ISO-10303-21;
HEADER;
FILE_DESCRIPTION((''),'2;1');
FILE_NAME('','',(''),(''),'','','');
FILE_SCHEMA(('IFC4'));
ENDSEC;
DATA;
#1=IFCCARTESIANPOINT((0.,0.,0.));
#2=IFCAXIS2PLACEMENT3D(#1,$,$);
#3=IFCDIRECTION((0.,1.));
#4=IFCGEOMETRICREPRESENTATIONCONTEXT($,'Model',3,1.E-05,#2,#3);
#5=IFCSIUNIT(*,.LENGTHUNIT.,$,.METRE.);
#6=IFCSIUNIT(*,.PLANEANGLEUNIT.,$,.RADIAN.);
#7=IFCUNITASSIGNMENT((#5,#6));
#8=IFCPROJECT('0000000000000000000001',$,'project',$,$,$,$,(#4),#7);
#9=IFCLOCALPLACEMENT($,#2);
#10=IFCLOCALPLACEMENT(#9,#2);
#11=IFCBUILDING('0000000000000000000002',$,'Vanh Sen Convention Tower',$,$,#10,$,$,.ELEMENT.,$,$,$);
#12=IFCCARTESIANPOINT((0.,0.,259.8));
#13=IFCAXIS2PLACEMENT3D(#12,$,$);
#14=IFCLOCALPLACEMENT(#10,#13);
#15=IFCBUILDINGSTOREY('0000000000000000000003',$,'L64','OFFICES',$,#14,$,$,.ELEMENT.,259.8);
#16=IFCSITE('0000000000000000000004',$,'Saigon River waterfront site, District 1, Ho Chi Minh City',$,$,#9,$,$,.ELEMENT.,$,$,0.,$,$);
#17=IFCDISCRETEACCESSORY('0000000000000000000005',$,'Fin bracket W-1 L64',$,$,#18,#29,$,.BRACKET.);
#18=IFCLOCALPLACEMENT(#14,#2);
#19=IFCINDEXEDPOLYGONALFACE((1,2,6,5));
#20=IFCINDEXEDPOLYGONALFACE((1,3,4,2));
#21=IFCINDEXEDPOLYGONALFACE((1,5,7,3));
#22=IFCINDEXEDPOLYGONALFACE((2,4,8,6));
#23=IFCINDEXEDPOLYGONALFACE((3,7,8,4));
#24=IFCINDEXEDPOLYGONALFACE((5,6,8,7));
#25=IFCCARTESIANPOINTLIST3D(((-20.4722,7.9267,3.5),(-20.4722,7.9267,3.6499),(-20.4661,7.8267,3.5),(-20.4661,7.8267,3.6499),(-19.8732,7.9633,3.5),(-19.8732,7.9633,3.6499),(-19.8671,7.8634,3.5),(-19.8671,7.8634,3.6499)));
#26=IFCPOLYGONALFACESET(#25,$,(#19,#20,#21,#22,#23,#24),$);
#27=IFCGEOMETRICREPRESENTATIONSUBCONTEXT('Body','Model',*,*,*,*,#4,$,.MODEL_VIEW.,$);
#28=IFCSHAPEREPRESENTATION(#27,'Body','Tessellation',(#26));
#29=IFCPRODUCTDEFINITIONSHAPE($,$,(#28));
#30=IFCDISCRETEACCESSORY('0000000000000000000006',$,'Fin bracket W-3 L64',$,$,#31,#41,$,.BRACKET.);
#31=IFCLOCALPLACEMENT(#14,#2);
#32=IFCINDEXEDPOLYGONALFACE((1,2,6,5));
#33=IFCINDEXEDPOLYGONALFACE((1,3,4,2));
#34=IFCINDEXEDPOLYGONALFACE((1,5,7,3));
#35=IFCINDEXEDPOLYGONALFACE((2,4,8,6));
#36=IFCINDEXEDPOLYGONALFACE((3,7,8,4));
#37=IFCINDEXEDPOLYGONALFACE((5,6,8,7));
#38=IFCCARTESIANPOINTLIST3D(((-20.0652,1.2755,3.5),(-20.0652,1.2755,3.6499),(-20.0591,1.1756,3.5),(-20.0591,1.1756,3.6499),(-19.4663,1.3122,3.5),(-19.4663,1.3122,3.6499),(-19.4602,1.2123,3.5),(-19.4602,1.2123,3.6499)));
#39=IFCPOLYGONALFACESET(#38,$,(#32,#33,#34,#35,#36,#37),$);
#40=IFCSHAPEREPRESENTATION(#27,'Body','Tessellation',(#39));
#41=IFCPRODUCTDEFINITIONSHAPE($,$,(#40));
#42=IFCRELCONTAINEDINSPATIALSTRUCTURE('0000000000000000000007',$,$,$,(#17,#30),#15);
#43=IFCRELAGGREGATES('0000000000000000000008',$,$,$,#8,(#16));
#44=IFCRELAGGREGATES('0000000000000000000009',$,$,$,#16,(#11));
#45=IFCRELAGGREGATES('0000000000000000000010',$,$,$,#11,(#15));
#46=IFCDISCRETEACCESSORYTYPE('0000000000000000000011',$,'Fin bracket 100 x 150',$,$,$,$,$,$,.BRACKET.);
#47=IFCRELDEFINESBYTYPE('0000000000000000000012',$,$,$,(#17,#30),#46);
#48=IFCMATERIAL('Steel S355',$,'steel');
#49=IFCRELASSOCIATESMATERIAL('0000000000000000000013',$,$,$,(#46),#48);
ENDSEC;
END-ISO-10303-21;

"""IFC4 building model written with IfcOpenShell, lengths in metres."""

from ifc_helpers import new_model, si_unit, direction, frame, origin, origin_2d, place, context, subcontext, project, spatial, rectangle, extrude, material, type_object, element, save


model = new_model("IFC4")

# Units and contexts
model_context = context("Model", 3, precision=1e-05, world=origin(), true_north=direction((0.0, 1.0)))
body_context = subcontext(model_context, "Body", "Model", "MODEL_VIEW")
ifc_project = project(units=[si_unit("LENGTHUNIT", "METRE"), si_unit("PLANEANGLEUNIT", "RADIAN")], contexts=[model_context])

# Site, building, storey
site_placement = place(None, origin())
site = spatial("IfcSite", under=ifc_project, at=site_placement, Name="Saigon River waterfront site, District 1, Ho Chi Minh City", CompositionType="ELEMENT", RefElevation=0.0)
building_placement = place(site_placement, origin())
building = spatial("IfcBuilding", under=site, at=building_placement, Name="Vanh Sen Convention Tower", CompositionType="ELEMENT")
storey_placement = place(building_placement, frame((0.0, 0.0, 259.8)))
storey = spatial("IfcBuildingStorey", under=building, at=storey_placement, Name="L64", Description="OFFICES", CompositionType="ELEMENT", Elevation=259.8)

# Discrete accessories
ifc_material_1 = material(Name="Steel S355", Category="steel")
discrete_accessory_type = type_object("IfcDiscreteAccessoryType", Name="Fin bracket 100 x 150", PredefinedType="BRACKET", material=ifc_material_1)
for number, where, z_axis, x_axis, name in (
    (1, (-20.1697, 7.895, 3.5), (0.0, 0.0, 1.0), (-0.998135, -0.061049, 0.0), "Fin bracket W-1 L64"),
    (2, (-19.7627, 1.2439, 3.5), (0.0, 0.0, 1.0), (-0.998135, -0.061049, 0.0), "Fin bracket W-3 L64"),
):
    element("IfcDiscreteAccessory", number, at=place(storey_placement, frame(where, z_axis=z_axis, x_axis=x_axis)), inside=storey, type_object=discrete_accessory_type, Name=name, PredefinedType="BRACKET", context=body_context, shape_type="SweptSolid", body=[
        extrude(rectangle(XDim=0.6001, YDim=0.1001, at=origin_2d()), origin(), (0.0, 0.0, 1.0), 0.1499),
    ])

save(model, "model.ifc")
